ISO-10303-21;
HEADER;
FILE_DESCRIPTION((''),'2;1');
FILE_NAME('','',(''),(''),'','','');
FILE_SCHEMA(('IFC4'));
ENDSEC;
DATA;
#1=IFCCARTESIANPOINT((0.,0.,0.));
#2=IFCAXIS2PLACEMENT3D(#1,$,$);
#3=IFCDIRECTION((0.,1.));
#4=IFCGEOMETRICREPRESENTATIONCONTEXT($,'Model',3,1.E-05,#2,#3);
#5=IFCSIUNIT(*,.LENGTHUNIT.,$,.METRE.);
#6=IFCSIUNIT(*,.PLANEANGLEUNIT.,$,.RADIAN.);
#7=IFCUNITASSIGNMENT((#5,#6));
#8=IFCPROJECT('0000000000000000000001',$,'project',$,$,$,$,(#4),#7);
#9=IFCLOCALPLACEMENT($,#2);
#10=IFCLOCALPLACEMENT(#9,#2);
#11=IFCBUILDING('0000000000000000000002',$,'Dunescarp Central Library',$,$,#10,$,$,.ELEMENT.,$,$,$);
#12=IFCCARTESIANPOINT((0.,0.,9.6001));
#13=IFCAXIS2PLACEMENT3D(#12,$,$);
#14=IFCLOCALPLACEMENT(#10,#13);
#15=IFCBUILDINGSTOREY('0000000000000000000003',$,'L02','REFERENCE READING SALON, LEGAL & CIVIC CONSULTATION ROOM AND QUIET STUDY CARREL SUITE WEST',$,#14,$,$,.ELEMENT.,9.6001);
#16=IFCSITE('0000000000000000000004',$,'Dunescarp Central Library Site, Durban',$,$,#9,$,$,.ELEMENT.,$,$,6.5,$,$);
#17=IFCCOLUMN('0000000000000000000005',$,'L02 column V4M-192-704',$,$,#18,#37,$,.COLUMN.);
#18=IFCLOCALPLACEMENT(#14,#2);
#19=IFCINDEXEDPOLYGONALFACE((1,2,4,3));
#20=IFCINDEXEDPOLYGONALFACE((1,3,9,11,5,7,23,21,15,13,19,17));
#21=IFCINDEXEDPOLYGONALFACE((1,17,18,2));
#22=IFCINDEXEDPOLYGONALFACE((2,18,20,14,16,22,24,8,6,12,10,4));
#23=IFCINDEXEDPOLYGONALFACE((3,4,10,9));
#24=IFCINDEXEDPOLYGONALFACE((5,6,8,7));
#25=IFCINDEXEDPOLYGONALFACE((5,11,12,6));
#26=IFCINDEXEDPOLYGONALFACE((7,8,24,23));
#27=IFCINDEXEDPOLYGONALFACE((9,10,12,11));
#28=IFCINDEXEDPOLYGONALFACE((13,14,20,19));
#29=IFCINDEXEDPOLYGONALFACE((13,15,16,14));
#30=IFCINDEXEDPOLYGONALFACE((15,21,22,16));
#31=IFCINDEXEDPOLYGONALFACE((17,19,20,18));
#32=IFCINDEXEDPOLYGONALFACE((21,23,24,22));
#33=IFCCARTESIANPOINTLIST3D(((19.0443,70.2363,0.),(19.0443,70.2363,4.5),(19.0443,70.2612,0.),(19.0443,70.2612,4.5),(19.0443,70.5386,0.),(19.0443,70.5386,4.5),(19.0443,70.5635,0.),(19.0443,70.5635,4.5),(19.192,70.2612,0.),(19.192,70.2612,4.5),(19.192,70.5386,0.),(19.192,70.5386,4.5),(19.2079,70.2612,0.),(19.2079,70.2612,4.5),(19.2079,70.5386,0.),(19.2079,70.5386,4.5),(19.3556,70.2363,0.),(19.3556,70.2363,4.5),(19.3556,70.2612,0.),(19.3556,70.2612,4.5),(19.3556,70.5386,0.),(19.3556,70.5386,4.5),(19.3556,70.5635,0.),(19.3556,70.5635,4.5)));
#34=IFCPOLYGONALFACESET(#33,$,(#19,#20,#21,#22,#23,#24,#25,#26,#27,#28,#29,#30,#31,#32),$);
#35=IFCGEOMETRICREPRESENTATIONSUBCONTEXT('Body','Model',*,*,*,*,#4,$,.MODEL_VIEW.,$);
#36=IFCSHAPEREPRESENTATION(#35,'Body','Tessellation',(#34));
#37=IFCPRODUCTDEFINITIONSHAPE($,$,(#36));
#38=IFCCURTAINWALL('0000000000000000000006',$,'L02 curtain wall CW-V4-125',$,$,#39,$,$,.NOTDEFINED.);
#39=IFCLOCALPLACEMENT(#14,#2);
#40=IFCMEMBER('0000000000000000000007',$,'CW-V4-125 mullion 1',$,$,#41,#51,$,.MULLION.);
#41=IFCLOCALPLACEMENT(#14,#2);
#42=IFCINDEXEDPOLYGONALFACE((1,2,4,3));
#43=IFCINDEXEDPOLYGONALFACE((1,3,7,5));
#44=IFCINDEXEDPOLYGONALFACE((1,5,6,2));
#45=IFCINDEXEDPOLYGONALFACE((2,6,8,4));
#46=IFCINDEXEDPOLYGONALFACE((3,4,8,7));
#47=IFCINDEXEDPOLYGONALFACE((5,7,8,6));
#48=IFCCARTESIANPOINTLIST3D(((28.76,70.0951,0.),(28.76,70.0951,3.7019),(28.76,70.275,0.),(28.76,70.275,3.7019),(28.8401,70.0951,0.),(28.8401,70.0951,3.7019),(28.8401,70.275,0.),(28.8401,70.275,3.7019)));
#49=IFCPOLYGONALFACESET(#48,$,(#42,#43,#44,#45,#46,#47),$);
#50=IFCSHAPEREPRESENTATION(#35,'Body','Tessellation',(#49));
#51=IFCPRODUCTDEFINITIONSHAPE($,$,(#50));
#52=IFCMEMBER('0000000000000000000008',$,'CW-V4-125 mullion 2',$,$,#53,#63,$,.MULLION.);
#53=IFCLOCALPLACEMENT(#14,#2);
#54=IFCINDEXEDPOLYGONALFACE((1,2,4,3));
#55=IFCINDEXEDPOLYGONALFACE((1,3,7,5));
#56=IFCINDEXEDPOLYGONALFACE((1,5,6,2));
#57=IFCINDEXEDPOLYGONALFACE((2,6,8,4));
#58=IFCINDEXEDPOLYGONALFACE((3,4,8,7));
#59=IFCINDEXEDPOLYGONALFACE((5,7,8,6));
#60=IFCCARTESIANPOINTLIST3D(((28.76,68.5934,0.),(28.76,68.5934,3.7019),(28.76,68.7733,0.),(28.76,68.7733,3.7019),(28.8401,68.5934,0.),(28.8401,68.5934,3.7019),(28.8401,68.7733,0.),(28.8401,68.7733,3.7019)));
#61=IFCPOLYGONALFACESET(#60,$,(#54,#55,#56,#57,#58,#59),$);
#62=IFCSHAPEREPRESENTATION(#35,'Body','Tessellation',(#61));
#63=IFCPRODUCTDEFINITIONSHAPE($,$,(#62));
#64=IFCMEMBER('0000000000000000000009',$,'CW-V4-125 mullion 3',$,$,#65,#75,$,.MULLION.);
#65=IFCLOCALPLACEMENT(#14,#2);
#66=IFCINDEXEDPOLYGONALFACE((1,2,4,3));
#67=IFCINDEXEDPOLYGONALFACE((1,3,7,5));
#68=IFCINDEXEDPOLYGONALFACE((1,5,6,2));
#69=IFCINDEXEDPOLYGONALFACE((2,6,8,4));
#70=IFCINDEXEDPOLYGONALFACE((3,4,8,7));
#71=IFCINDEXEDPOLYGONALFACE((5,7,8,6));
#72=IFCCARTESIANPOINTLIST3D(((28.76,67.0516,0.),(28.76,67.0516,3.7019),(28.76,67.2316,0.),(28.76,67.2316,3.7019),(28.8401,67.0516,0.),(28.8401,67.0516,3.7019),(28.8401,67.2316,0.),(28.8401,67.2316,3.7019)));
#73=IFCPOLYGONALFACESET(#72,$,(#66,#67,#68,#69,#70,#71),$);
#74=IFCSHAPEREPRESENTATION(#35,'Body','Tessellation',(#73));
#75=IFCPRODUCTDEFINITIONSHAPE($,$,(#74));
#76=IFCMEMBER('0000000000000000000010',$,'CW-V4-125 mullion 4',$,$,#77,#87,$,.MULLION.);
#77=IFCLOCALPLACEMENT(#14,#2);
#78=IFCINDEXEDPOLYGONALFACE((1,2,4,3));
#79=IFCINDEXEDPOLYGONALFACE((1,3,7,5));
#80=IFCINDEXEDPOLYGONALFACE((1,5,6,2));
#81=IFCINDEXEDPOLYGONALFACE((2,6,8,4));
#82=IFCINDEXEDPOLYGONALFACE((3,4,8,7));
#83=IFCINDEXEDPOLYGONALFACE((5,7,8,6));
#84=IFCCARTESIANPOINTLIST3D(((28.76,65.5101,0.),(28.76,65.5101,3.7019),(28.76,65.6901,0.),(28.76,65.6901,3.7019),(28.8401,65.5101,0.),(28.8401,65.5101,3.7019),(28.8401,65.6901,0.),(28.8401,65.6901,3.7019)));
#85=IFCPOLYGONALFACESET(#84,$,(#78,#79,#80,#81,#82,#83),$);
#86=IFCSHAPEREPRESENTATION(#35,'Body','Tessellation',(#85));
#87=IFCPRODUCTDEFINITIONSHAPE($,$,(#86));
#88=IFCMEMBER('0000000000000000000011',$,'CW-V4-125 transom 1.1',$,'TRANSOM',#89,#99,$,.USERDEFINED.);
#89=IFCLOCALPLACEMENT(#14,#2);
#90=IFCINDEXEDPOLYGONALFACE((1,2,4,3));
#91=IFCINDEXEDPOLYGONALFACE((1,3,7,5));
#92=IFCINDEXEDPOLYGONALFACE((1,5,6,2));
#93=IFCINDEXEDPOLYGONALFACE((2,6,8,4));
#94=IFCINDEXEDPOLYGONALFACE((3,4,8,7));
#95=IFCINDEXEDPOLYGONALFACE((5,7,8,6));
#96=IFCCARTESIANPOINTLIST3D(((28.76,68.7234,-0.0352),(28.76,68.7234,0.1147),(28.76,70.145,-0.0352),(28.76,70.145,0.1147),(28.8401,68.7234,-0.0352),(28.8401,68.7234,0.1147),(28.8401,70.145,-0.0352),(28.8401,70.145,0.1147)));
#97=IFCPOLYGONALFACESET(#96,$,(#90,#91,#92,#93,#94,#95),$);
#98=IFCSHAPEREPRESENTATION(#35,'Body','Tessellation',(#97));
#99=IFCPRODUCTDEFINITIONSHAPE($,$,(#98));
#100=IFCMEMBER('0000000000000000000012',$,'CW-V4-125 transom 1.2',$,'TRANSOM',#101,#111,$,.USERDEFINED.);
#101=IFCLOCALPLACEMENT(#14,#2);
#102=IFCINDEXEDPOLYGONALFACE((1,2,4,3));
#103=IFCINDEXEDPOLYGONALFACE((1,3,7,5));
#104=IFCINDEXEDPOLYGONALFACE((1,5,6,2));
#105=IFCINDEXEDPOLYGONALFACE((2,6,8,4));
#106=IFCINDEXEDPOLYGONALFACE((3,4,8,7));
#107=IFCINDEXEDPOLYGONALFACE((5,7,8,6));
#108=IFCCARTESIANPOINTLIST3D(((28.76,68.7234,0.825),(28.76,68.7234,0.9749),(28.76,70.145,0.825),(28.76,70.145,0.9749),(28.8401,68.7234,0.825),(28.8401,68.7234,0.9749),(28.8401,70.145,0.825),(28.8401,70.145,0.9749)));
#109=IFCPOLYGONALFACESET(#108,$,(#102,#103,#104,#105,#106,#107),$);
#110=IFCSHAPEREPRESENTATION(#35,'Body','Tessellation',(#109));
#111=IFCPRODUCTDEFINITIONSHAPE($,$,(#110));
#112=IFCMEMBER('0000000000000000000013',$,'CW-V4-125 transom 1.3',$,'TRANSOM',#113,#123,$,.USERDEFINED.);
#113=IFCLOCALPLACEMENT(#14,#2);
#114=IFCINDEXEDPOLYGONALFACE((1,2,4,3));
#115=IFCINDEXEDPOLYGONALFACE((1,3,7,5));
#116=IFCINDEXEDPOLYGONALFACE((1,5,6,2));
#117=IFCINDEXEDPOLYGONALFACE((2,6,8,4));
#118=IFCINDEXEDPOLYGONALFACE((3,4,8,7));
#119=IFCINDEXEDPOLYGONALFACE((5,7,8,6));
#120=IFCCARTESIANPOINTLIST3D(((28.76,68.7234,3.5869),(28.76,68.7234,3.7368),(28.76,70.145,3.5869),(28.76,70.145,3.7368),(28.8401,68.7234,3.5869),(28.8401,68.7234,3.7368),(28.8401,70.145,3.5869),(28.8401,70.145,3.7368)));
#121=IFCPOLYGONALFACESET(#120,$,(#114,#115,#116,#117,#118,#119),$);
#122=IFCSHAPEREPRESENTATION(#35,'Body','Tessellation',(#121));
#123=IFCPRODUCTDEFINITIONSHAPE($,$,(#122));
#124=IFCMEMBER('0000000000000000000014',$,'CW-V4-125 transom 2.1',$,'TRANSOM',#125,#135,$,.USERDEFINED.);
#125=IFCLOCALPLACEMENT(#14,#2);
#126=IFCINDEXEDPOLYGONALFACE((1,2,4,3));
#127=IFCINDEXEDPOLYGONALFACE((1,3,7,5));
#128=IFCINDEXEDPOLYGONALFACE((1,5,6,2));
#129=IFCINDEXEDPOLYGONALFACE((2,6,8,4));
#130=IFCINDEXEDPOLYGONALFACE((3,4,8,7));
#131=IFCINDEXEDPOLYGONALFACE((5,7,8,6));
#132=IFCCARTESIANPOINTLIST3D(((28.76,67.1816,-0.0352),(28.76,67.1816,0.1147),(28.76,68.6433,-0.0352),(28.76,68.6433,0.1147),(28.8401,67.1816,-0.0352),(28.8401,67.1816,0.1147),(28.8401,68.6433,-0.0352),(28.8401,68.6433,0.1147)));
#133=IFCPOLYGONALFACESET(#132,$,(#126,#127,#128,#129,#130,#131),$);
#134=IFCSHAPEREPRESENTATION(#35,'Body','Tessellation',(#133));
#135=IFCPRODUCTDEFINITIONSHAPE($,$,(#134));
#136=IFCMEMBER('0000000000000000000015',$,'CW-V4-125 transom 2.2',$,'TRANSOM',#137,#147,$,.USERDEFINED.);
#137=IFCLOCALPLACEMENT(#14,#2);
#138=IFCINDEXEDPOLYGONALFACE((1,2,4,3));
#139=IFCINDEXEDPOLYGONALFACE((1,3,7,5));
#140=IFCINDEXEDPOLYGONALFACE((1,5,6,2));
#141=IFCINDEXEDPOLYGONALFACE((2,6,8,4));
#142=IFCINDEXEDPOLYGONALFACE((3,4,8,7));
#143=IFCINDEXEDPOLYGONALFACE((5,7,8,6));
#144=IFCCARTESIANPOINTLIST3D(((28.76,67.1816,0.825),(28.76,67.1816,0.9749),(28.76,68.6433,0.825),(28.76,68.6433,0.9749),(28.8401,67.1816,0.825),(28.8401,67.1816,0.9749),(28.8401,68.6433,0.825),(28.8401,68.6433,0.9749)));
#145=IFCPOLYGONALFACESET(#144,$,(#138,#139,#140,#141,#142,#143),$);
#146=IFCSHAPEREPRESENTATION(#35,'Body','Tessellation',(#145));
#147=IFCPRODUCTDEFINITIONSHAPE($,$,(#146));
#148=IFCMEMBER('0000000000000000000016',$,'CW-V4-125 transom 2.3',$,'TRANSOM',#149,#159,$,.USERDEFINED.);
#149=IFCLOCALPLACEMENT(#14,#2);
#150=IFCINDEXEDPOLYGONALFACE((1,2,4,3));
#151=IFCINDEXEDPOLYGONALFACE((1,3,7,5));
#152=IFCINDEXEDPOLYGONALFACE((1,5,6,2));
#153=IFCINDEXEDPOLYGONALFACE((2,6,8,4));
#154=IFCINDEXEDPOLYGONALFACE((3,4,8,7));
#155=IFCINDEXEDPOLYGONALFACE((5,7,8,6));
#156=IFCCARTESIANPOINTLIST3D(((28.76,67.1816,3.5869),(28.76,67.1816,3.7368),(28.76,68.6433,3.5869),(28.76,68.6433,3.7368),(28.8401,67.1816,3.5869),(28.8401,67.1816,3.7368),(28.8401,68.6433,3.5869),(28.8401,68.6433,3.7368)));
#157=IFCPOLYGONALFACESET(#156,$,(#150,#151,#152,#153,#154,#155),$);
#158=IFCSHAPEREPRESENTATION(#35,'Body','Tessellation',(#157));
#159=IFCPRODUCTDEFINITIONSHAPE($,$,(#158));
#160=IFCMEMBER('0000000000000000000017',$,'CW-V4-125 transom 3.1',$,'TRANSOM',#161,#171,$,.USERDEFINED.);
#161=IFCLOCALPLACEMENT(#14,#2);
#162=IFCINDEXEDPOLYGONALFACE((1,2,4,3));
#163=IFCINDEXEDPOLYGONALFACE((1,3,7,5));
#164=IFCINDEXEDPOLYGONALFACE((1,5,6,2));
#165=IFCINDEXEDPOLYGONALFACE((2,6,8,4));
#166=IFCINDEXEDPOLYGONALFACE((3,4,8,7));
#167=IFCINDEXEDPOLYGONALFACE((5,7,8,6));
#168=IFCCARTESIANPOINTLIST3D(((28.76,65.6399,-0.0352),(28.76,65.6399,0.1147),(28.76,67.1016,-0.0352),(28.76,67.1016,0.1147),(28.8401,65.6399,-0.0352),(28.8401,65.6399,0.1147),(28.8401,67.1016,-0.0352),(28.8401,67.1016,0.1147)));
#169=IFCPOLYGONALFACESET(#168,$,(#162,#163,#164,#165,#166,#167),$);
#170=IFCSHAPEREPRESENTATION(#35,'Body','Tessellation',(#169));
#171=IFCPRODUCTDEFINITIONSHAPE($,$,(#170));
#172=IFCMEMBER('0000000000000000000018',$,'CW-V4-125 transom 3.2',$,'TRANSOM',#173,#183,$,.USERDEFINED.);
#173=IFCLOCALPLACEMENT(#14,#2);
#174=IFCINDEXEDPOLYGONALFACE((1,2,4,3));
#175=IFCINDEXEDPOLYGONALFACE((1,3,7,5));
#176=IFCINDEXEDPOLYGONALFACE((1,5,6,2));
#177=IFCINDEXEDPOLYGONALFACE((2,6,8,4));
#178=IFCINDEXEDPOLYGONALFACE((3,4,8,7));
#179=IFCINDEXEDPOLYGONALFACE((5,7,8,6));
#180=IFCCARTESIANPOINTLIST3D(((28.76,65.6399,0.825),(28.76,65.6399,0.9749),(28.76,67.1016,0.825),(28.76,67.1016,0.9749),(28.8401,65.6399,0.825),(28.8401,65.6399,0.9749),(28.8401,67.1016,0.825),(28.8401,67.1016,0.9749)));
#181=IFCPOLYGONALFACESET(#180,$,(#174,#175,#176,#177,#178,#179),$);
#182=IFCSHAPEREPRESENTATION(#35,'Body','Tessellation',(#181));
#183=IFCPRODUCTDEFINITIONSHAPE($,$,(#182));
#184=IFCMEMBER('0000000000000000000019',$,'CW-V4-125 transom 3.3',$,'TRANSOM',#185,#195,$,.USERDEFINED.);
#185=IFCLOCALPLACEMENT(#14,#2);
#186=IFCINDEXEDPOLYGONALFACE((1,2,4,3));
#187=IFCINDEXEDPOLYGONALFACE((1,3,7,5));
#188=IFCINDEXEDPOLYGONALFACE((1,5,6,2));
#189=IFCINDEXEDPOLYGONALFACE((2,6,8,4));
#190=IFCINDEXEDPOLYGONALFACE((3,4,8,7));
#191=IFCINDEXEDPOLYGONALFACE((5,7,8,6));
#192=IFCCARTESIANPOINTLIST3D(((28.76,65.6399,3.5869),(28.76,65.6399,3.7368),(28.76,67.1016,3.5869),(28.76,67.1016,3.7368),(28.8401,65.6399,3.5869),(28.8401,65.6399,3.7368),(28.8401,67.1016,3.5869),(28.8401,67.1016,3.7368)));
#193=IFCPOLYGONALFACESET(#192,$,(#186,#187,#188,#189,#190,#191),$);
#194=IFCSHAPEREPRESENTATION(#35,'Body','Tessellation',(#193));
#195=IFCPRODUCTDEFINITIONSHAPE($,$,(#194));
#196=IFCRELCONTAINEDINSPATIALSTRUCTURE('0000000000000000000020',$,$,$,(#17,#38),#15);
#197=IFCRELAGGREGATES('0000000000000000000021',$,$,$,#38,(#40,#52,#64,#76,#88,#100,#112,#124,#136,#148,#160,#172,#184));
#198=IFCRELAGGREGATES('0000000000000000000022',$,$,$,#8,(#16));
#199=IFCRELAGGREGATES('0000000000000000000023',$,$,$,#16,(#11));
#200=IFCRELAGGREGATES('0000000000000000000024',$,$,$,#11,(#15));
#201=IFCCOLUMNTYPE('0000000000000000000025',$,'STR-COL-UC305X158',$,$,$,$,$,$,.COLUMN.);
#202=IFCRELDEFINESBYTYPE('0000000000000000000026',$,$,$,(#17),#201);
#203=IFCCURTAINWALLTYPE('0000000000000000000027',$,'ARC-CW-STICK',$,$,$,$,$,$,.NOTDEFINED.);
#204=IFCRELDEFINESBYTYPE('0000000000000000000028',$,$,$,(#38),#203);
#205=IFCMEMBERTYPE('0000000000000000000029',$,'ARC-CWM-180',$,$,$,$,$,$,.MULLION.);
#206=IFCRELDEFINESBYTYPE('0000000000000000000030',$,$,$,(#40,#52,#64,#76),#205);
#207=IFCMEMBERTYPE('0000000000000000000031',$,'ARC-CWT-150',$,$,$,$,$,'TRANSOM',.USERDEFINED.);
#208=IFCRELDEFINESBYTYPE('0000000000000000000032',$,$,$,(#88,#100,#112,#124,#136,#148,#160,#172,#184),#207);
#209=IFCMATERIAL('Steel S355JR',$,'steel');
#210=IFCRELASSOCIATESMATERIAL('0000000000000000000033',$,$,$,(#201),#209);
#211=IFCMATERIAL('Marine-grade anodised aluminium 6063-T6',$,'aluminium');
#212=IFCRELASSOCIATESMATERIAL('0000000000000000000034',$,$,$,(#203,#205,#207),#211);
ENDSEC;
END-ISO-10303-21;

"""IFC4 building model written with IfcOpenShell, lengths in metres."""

from ifc_helpers import new_model, si_unit, direction, frame, origin, origin_2d, place, context, subcontext, project, spatial, rectangle, i_section, extrude, material, material_profile, profile_set, type_object, element, aggregate, save


model = new_model("IFC4")

# Units and contexts
model_context = context("Model", 3, precision=1e-05, world=origin(), true_north=direction((0.0, 1.0)))
body_context = subcontext(model_context, "Body", "Model", "MODEL_VIEW")
ifc_project = project(units=[si_unit("LENGTHUNIT", "METRE"), si_unit("PLANEANGLEUNIT", "RADIAN")], contexts=[model_context])

# Site, building, storey
site_placement = place(None, origin())
site = spatial("IfcSite", under=ifc_project, at=site_placement, Name="Dunescarp Central Library Site, Durban", CompositionType="ELEMENT", RefElevation=6.5)
building_placement = place(site_placement, origin())
building = spatial("IfcBuilding", under=site, at=building_placement, Name="Dunescarp Central Library", CompositionType="ELEMENT")
storey_placement = place(building_placement, frame((0.0, 0.0, 9.6001)))
storey = spatial("IfcBuildingStorey", under=building, at=storey_placement, Name="L02", Description="REFERENCE READING SALON, LEGAL & CIVIC CONSULTATION ROOM AND QUIET STUDY CARREL SUITE WEST", CompositionType="ELEMENT", Elevation=9.6001)

# Column
ifc_material_1 = material(Name="Steel S355JR", Category="steel")
ifc_material_profile_1 = material_profile(ifc_material_1, i_section(OverallWidth=0.3113, OverallDepth=0.3271, WebThickness=0.0159, FlangeThickness=0.0249, at=origin_2d()), Name="UC 305x305x158")
ifc_profile_set_1 = profile_set([ifc_material_profile_1], Name="Steel S355JR")
column_type = type_object("IfcColumnType", Name="STR-COL-UC305X158", PredefinedType="COLUMN", material=ifc_profile_set_1)
column_placement = place(storey_placement, frame((19.2, 70.3999, 0.0), z_axis=(0.0, 0.0, 1.0), x_axis=(1.0, 0.0, 0.0)))
element("IfcColumn", 1, at=column_placement, inside=storey, type_object=column_type, Name="L02 column V4M-192-704", PredefinedType="COLUMN", context=body_context, shape_type="SweptSolid", body=[
    extrude(i_section(OverallWidth=0.3113, OverallDepth=0.3271, WebThickness=0.0159, FlangeThickness=0.0249, at=origin_2d()), origin(), (0.0, 0.0, 1.0), 4.5),
])

# Curtain wall, members
ifc_material_2 = material(Name="Marine-grade anodised aluminium 6063-T6", Category="aluminium")
curtain_wall_type = type_object("IfcCurtainWallType", Name="ARC-CW-STICK", PredefinedType="NOTDEFINED", material=ifc_material_2)
curtain_wall_placement = place(storey_placement, origin())
curtain_wall = element("IfcCurtainWall", 2, at=curtain_wall_placement, inside=storey, type_object=curtain_wall_type, Name="L02 curtain wall CW-V4-125", PredefinedType="NOTDEFINED")
ifc_material_profile_2 = material_profile(ifc_material_2, rectangle(XDim=0.0801, YDim=0.1799, at=origin_2d()), Name="AL 80x180")
ifc_profile_set_2 = profile_set([ifc_material_profile_2], Name="Marine-grade anodised aluminium 6063-T6")
member_type_1 = type_object("IfcMemberType", Name="ARC-CWM-180", PredefinedType="MULLION", material=ifc_profile_set_2)
member_1_placement = place(storey_placement, frame((28.8, 70.1851, 0.0), z_axis=(0.0, 0.0, 1.0), x_axis=(1.0, 0.0, 0.0)))
member_1 = element("IfcMember", 3, at=member_1_placement, type_object=member_type_1, Name="CW-V4-125 mullion 1", PredefinedType="MULLION", context=body_context, shape_type="SweptSolid", body=[
    extrude(rectangle(XDim=0.0801, YDim=0.1799, at=origin_2d()), origin(), (0.0, 0.0, 1.0), 3.7019),
])
member_2_placement = place(storey_placement, frame((28.8, 68.6833, 0.0), z_axis=(0.0, 0.0, 1.0), x_axis=(1.0, 0.0, 0.0)))
member_2 = element("IfcMember", 4, at=member_2_placement, type_object=member_type_1, Name="CW-V4-125 mullion 2", PredefinedType="MULLION", context=body_context, shape_type="SweptSolid", body=[
    extrude(rectangle(XDim=0.0801, YDim=0.1799, at=origin_2d()), origin(), (0.0, 0.0, 1.0), 3.7019),
])
member_3_placement = place(storey_placement, frame((28.8, 67.1416, 0.0), z_axis=(0.0, 0.0, 1.0), x_axis=(1.0, 0.0, 0.0)))
member_3 = element("IfcMember", 5, at=member_3_placement, type_object=member_type_1, Name="CW-V4-125 mullion 3", PredefinedType="MULLION", context=body_context, shape_type="SweptSolid", body=[
    extrude(rectangle(XDim=0.0801, YDim=0.1799, at=origin_2d()), origin(), (0.0, 0.0, 1.0), 3.7019),
])
member_4_placement = place(storey_placement, frame((28.8, 65.6001, 0.0), z_axis=(0.0, 0.0, 1.0), x_axis=(1.0, 0.0, 0.0)))
member_4 = element("IfcMember", 6, at=member_4_placement, type_object=member_type_1, Name="CW-V4-125 mullion 4", PredefinedType="MULLION", context=body_context, shape_type="SweptSolid", body=[
    extrude(rectangle(XDim=0.0801, YDim=0.1799, at=origin_2d()), origin(), (0.0, 0.0, 1.0), 3.7019),
])
ifc_material_profile_3 = material_profile(ifc_material_2, rectangle(XDim=0.0801, YDim=0.1499, at=origin_2d()), Name="AL 80x150")
ifc_profile_set_3 = profile_set([ifc_material_profile_3], Name="Marine-grade anodised aluminium 6063-T6")
member_type_2 = type_object("IfcMemberType", Name="ARC-CWT-150", ElementType="TRANSOM", PredefinedType="USERDEFINED", material=ifc_profile_set_3)
member_5_placement = place(storey_placement, frame((28.8, 70.145, 0.0398), z_axis=(0.0, -1.0, 0.0), x_axis=(1.0, 0.0, 0.0)))
member_5 = element("IfcMember", 7, at=member_5_placement, type_object=member_type_2, Name="CW-V4-125 transom 1.1", ObjectType="TRANSOM", PredefinedType="USERDEFINED", context=body_context, shape_type="SweptSolid", body=[
    extrude(rectangle(XDim=0.0801, YDim=0.1499, at=origin_2d()), origin(), (0.0, 0.0, 1.0), 1.4216),
])
member_6_placement = place(storey_placement, frame((28.8, 70.145, 0.8999), z_axis=(0.0, -1.0, 0.0), x_axis=(1.0, 0.0, 0.0)))
member_6 = element("IfcMember", 8, at=member_6_placement, type_object=member_type_2, Name="CW-V4-125 transom 1.2", ObjectType="TRANSOM", PredefinedType="USERDEFINED", context=body_context, shape_type="SweptSolid", body=[
    extrude(rectangle(XDim=0.0801, YDim=0.1499, at=origin_2d()), origin(), (0.0, 0.0, 1.0), 1.4216),
])
member_7_placement = place(storey_placement, frame((28.8, 70.145, 3.6619), z_axis=(0.0, -1.0, 0.0), x_axis=(1.0, 0.0, 0.0)))
member_7 = element("IfcMember", 9, at=member_7_placement, type_object=member_type_2, Name="CW-V4-125 transom 1.3", ObjectType="TRANSOM", PredefinedType="USERDEFINED", context=body_context, shape_type="SweptSolid", body=[
    extrude(rectangle(XDim=0.0801, YDim=0.1499, at=origin_2d()), origin(), (0.0, 0.0, 1.0), 1.4216),
])
member_8_placement = place(storey_placement, frame((28.8, 68.6433, 0.0398), z_axis=(0.0, -1.0, 0.0), x_axis=(1.0, 0.0, 0.0)))
member_8 = element("IfcMember", 10, at=member_8_placement, type_object=member_type_2, Name="CW-V4-125 transom 2.1", ObjectType="TRANSOM", PredefinedType="USERDEFINED", context=body_context, shape_type="SweptSolid", body=[
    extrude(rectangle(XDim=0.0801, YDim=0.1499, at=origin_2d()), origin(), (0.0, 0.0, 1.0), 1.4617),
])
member_9_placement = place(storey_placement, frame((28.8, 68.6433, 0.8999), z_axis=(0.0, -1.0, 0.0), x_axis=(1.0, 0.0, 0.0)))
member_9 = element("IfcMember", 11, at=member_9_placement, type_object=member_type_2, Name="CW-V4-125 transom 2.2", ObjectType="TRANSOM", PredefinedType="USERDEFINED", context=body_context, shape_type="SweptSolid", body=[
    extrude(rectangle(XDim=0.0801, YDim=0.1499, at=origin_2d()), origin(), (0.0, 0.0, 1.0), 1.4617),
])
member_10_placement = place(storey_placement, frame((28.8, 68.6433, 3.6619), z_axis=(0.0, -1.0, 0.0), x_axis=(1.0, 0.0, 0.0)))
member_10 = element("IfcMember", 12, at=member_10_placement, type_object=member_type_2, Name="CW-V4-125 transom 2.3", ObjectType="TRANSOM", PredefinedType="USERDEFINED", context=body_context, shape_type="SweptSolid", body=[
    extrude(rectangle(XDim=0.0801, YDim=0.1499, at=origin_2d()), origin(), (0.0, 0.0, 1.0), 1.4617),
])
member_11_placement = place(storey_placement, frame((28.8, 67.1016, 0.0398), z_axis=(0.0, -1.0, 0.0), x_axis=(1.0, 0.0, 0.0)))
member_11 = element("IfcMember", 13, at=member_11_placement, type_object=member_type_2, Name="CW-V4-125 transom 3.1", ObjectType="TRANSOM", PredefinedType="USERDEFINED", context=body_context, shape_type="SweptSolid", body=[
    extrude(rectangle(XDim=0.0801, YDim=0.1499, at=origin_2d()), origin(), (0.0, 0.0, 1.0), 1.4617),
])
member_12_placement = place(storey_placement, frame((28.8, 67.1016, 0.8999), z_axis=(0.0, -1.0, 0.0), x_axis=(1.0, 0.0, 0.0)))
member_12 = element("IfcMember", 14, at=member_12_placement, type_object=member_type_2, Name="CW-V4-125 transom 3.2", ObjectType="TRANSOM", PredefinedType="USERDEFINED", context=body_context, shape_type="SweptSolid", body=[
    extrude(rectangle(XDim=0.0801, YDim=0.1499, at=origin_2d()), origin(), (0.0, 0.0, 1.0), 1.4617),
])
member_13_placement = place(storey_placement, frame((28.8, 67.1016, 3.6619), z_axis=(0.0, -1.0, 0.0), x_axis=(1.0, 0.0, 0.0)))
member_13 = element("IfcMember", 15, at=member_13_placement, type_object=member_type_2, Name="CW-V4-125 transom 3.3", ObjectType="TRANSOM", PredefinedType="USERDEFINED", context=body_context, shape_type="SweptSolid", body=[
    extrude(rectangle(XDim=0.0801, YDim=0.1499, at=origin_2d()), origin(), (0.0, 0.0, 1.0), 1.4617),
])

aggregate(curtain_wall, [member_1, member_2, member_3, member_4, member_5, member_6, member_7, member_8, member_9, member_10, member_11, member_12, member_13])

save(model, "model.ifc")
